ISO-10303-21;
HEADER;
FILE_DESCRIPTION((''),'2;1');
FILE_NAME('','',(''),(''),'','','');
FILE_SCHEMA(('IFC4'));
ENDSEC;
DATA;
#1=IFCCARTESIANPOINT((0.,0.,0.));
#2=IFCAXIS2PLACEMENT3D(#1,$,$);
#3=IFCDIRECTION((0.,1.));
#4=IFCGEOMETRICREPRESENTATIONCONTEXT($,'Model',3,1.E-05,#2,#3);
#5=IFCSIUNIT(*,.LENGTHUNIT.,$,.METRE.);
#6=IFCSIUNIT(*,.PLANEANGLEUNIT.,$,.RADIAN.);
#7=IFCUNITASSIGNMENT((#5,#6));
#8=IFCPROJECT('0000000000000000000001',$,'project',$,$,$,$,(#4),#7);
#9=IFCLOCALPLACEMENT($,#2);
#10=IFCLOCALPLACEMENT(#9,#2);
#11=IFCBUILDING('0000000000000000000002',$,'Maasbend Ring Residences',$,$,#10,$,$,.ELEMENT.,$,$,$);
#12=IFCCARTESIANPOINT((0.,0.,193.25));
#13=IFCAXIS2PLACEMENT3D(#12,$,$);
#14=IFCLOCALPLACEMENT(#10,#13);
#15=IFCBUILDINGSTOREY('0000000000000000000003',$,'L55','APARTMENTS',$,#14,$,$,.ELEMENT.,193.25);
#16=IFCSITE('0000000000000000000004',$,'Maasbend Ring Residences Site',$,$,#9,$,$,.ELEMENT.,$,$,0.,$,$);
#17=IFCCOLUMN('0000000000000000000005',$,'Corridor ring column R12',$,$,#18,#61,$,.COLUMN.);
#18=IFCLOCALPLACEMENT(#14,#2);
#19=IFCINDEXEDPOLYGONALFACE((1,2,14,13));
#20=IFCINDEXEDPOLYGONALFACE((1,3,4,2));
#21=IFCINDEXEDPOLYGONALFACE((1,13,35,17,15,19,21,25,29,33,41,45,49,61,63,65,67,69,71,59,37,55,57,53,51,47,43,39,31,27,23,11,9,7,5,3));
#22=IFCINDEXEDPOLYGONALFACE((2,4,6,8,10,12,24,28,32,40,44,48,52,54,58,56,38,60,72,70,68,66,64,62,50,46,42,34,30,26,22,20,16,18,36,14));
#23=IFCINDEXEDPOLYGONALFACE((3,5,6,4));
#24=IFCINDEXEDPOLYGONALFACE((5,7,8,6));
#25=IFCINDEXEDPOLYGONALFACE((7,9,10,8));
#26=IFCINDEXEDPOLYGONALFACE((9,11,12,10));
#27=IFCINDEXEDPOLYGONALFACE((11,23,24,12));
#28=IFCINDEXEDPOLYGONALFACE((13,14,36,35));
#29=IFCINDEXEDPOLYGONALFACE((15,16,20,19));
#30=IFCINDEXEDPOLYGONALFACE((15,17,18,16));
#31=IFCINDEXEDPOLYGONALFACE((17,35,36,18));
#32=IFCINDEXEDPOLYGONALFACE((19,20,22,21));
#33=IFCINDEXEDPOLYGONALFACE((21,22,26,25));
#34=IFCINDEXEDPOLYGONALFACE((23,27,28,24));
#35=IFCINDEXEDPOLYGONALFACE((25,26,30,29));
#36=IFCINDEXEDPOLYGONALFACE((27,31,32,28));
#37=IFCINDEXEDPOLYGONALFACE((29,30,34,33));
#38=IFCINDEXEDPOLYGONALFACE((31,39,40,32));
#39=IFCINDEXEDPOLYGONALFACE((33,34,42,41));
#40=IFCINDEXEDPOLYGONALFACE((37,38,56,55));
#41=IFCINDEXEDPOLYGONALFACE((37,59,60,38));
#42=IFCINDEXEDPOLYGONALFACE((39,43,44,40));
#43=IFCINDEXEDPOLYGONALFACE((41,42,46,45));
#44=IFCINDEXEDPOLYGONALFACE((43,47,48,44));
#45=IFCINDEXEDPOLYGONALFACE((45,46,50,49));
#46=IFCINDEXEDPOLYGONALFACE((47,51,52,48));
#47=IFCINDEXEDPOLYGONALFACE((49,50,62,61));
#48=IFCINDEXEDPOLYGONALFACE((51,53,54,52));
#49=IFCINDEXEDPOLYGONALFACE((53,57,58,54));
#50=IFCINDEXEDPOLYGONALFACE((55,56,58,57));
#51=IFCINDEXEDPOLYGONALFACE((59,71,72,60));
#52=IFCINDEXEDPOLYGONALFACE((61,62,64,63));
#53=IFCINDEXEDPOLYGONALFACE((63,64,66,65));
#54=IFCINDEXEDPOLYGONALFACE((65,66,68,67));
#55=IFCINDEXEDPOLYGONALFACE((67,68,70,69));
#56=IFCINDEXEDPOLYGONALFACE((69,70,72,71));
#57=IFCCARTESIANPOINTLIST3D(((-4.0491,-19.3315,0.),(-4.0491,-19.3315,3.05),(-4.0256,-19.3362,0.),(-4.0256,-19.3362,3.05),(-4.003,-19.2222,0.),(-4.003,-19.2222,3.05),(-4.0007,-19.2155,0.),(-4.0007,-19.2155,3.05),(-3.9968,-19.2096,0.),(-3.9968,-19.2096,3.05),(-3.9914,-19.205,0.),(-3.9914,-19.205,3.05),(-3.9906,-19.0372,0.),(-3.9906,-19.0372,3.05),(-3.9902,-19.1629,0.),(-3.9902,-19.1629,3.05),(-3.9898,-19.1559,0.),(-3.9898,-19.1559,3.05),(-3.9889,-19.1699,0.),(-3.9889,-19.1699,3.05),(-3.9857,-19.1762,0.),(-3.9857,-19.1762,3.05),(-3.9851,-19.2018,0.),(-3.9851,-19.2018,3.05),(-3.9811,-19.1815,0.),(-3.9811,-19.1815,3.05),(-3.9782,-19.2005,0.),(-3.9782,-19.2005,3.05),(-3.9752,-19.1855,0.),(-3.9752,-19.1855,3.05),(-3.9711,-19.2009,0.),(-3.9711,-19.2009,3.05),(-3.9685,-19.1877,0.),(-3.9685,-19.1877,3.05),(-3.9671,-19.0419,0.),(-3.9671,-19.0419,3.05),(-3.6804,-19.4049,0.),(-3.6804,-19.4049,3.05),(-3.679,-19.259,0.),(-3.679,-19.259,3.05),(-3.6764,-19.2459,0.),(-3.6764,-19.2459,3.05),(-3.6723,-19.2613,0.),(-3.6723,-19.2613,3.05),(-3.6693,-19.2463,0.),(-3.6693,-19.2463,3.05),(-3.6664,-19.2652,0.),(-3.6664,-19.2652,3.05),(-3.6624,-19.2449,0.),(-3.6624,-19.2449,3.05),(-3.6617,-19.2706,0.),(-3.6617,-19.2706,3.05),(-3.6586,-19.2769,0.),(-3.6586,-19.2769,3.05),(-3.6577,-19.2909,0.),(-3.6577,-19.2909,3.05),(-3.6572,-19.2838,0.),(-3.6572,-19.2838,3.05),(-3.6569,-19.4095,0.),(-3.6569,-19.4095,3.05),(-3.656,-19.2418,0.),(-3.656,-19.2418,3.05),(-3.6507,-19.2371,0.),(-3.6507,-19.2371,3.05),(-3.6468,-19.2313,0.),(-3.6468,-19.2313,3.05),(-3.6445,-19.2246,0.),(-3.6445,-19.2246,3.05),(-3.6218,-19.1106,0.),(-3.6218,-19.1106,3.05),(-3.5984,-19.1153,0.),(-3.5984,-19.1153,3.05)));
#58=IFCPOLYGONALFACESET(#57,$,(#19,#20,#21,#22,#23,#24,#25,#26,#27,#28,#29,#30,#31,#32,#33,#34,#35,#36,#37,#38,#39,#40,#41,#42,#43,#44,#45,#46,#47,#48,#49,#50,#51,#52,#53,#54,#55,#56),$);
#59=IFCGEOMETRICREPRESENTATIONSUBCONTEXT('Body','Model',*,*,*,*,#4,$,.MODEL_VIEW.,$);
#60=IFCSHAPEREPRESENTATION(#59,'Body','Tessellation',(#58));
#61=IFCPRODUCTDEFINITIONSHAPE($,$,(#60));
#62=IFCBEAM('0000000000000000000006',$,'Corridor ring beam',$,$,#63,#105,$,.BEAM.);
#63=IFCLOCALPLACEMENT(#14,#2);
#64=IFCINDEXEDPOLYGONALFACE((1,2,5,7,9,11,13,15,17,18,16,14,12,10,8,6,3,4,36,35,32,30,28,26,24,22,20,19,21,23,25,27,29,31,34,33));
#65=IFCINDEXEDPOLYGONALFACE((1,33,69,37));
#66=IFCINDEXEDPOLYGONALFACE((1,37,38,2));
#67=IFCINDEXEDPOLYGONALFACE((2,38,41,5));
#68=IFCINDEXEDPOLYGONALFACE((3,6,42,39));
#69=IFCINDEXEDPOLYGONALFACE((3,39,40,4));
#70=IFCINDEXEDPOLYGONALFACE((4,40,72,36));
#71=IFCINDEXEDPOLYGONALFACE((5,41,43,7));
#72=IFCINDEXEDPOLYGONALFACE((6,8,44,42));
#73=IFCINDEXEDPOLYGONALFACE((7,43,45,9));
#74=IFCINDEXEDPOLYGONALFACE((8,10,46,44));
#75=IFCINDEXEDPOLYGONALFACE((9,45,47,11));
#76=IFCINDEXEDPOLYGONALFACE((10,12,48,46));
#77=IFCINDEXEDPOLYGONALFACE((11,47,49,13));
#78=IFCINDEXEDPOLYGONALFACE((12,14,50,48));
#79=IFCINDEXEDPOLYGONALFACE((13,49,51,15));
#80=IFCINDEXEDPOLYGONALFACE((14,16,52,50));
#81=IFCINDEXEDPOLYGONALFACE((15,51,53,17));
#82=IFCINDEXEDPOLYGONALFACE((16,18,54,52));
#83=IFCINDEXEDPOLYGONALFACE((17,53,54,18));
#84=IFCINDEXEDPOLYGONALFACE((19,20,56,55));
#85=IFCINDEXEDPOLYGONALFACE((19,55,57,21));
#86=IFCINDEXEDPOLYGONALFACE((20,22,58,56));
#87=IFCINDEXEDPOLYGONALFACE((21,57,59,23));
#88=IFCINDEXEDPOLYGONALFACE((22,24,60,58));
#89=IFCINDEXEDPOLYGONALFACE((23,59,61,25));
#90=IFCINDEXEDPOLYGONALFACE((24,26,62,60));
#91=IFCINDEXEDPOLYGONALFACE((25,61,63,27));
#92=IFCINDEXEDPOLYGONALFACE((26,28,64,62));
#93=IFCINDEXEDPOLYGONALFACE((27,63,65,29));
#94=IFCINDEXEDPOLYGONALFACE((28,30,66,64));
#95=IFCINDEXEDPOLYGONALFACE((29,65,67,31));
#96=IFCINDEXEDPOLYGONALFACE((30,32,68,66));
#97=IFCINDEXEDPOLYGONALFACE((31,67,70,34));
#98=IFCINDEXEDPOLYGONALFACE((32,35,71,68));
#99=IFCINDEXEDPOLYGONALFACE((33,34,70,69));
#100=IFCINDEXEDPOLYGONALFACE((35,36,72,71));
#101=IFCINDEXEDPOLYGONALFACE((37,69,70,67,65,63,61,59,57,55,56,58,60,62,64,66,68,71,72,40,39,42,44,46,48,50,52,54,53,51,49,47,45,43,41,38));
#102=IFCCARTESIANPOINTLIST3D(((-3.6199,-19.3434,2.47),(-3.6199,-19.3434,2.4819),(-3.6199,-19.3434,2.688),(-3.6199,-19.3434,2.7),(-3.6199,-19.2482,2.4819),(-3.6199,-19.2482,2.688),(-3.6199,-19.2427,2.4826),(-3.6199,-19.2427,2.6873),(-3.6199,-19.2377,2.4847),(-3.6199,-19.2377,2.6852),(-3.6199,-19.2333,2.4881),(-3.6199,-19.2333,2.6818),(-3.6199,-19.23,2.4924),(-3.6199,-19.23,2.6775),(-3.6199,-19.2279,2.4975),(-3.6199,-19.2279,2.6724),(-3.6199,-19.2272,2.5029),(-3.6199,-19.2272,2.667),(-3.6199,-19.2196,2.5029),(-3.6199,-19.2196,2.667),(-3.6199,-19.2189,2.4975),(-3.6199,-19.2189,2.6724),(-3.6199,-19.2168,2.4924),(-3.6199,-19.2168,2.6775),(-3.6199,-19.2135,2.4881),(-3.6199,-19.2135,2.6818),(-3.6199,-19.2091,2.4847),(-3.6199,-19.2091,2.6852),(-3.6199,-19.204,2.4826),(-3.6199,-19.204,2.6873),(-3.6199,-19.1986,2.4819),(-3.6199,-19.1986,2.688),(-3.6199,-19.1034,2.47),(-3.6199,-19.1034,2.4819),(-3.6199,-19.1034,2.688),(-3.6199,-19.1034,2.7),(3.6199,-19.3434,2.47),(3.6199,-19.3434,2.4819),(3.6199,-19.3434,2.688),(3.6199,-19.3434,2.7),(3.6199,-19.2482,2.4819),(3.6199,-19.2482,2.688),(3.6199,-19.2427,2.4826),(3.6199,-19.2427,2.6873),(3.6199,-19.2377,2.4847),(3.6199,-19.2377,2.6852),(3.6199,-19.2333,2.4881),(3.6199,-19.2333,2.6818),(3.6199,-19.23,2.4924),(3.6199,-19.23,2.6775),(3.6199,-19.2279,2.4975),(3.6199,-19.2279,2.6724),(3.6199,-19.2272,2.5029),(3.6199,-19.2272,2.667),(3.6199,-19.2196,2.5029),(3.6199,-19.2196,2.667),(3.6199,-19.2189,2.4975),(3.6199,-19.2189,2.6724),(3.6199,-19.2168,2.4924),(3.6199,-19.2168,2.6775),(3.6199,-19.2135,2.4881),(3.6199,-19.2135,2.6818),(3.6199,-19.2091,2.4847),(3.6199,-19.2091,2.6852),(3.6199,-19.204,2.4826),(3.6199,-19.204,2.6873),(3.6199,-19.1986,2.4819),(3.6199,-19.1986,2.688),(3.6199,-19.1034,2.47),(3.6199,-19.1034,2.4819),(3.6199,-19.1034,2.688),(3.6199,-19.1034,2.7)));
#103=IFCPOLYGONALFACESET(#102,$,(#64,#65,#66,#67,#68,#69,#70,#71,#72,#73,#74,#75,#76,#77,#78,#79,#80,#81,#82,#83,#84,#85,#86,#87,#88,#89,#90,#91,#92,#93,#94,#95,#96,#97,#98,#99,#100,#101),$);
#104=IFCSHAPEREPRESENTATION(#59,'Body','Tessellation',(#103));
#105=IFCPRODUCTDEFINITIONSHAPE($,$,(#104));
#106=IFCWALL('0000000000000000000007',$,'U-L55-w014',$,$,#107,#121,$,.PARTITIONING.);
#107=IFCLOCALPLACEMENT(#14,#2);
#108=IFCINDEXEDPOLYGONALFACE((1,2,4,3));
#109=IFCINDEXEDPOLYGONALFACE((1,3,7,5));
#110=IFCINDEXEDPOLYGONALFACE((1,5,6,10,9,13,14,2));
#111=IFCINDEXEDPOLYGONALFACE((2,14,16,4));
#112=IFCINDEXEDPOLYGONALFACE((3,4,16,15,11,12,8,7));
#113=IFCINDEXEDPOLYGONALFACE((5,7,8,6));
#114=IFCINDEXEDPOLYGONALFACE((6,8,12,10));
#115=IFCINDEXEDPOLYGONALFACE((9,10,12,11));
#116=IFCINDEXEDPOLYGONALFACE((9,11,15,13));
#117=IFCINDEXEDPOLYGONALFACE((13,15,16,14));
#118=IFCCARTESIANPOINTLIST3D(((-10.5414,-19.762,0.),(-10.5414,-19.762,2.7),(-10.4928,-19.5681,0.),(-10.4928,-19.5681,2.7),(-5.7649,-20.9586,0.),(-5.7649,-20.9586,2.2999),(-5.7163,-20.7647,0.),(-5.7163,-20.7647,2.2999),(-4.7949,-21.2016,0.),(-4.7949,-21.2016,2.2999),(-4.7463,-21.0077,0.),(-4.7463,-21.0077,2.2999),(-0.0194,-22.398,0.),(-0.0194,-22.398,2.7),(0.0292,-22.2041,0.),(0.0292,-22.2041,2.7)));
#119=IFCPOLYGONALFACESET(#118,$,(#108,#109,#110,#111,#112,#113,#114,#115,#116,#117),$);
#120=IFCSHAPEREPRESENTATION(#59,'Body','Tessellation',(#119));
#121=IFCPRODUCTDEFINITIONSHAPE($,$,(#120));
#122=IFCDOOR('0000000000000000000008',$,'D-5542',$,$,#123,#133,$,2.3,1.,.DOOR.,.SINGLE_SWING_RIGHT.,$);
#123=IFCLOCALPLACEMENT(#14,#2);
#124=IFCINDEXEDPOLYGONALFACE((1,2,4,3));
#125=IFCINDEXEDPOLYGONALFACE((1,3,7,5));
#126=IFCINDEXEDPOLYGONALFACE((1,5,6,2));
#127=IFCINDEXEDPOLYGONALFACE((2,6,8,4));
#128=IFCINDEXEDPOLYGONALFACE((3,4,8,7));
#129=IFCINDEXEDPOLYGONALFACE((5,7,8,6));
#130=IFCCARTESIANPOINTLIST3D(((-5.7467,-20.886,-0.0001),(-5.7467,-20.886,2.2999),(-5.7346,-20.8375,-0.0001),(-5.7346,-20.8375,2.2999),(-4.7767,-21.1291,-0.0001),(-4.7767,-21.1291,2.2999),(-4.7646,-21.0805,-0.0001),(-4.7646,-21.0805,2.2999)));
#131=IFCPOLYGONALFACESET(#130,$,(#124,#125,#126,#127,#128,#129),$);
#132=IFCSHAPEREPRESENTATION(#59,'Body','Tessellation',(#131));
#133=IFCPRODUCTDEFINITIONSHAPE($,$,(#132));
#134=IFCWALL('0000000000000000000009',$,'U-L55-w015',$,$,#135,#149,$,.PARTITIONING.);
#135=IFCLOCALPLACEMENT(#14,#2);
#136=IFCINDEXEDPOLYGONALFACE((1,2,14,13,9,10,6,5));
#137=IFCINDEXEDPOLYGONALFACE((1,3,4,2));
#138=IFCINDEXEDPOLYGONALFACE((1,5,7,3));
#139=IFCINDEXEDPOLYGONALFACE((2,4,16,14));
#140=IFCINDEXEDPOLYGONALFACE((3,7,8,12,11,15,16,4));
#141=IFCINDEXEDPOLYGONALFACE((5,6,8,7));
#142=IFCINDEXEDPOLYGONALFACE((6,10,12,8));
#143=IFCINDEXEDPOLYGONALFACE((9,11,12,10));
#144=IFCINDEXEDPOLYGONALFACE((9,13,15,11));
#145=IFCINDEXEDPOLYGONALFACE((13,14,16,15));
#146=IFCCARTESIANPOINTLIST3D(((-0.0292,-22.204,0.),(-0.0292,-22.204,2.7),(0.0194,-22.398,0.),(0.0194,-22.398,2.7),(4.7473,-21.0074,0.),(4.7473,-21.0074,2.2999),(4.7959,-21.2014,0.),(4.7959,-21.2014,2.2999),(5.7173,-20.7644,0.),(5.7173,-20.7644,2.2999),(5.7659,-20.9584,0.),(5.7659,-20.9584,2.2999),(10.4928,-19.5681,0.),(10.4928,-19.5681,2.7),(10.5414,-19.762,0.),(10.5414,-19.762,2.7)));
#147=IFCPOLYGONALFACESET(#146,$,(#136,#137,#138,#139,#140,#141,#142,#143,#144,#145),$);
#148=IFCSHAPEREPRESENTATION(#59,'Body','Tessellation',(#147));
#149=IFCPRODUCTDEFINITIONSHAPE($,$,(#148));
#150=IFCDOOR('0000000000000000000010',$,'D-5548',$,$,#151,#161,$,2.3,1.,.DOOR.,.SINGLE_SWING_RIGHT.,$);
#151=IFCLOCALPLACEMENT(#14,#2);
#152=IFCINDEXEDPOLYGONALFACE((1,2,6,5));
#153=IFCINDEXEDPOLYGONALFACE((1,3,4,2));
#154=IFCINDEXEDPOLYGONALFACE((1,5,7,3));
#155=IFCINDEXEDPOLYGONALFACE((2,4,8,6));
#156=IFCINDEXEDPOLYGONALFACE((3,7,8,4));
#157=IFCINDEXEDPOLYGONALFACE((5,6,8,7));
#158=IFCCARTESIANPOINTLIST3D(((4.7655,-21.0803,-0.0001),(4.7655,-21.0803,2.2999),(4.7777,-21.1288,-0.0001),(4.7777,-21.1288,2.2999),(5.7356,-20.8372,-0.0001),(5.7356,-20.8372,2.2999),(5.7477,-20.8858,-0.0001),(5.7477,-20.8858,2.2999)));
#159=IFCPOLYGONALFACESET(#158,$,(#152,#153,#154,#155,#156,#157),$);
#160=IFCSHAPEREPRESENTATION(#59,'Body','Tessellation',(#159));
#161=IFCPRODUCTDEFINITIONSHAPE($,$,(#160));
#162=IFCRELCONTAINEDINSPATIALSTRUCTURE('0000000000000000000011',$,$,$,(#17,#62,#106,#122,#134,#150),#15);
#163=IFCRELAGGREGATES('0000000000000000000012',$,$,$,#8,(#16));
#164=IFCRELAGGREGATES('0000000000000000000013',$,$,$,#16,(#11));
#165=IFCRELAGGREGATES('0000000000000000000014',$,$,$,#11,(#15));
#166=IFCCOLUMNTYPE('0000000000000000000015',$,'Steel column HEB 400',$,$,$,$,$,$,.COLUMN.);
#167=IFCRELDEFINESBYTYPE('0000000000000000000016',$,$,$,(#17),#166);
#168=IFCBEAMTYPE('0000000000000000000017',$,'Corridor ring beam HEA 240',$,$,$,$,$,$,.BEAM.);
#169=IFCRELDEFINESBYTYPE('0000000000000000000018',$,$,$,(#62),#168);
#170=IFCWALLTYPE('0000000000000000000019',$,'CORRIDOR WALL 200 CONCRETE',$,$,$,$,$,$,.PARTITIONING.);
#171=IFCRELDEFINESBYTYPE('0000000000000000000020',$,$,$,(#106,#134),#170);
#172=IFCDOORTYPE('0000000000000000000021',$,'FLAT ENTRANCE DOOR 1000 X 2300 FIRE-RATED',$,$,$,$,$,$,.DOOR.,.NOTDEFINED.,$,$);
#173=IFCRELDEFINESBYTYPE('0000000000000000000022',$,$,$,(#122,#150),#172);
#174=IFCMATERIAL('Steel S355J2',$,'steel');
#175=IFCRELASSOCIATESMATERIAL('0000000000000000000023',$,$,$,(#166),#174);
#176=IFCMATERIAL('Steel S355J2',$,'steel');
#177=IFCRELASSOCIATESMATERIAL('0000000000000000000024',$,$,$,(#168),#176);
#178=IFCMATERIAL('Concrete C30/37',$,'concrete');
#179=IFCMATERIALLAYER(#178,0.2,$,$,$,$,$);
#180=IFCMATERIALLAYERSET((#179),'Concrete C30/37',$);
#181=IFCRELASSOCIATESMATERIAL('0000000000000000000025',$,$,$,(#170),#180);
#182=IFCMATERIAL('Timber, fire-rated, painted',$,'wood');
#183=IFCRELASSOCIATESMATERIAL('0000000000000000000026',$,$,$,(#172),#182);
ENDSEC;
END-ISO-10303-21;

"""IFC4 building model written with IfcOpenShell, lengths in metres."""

from ifc_helpers import new_model, si_unit, direction, frame, frame_2d, origin, origin_2d, place, context, subcontext, project, spatial, rectangle, i_section, extrude, material, layer, layer_set, material_profile, profile_set, type_object, element, fill, save


model = new_model("IFC4")

# Units and contexts
model_context = context("Model", 3, precision=1e-05, world=origin(), true_north=direction((0.0, 1.0)))
body_context = subcontext(model_context, "Body", "Model", "MODEL_VIEW")
ifc_project = project(units=[si_unit("LENGTHUNIT", "METRE"), si_unit("PLANEANGLEUNIT", "RADIAN")], contexts=[model_context])

# Site, building, storey
site_placement = place(None, origin())
site = spatial("IfcSite", under=ifc_project, at=site_placement, Name="Maasbend Ring Residences Site", CompositionType="ELEMENT", RefElevation=0.0)
building_placement = place(site_placement, origin())
building = spatial("IfcBuilding", under=site, at=building_placement, Name="Maasbend Ring Residences", CompositionType="ELEMENT")
storey_placement = place(building_placement, frame((0.0, 0.0, 193.25)))
storey = spatial("IfcBuildingStorey", under=building, at=storey_placement, Name="L55", Description="APARTMENTS", CompositionType="ELEMENT", Elevation=193.25)

# Column
ifc_material_1 = material(Name="Steel S355J2", Category="steel")
ifc_material_profile_1 = material_profile(ifc_material_1, i_section(OverallWidth=0.3, OverallDepth=0.3999, WebThickness=0.0134, FlangeThickness=0.0239, FilletRadius=0.0271, at=origin_2d()), Name="HEB 400")
ifc_profile_set_1 = profile_set([ifc_material_profile_1], Name="Steel S355J2")
column_type = type_object("IfcColumnType", Name="Steel column HEB 400", PredefinedType="COLUMN", material=ifc_profile_set_1)
column_placement = place(storey_placement, frame((-3.8237, -19.2234, 0.0), z_axis=(0.0, 0.0, 1.0), x_axis=(-0.19509, -0.980785, 0.0)))
element("IfcColumn", 1, at=column_placement, inside=storey, type_object=column_type, Name="Corridor ring column R12", PredefinedType="COLUMN", context=body_context, shape_type="SweptSolid", body=[
    extrude(i_section(OverallWidth=0.3, OverallDepth=0.3999, WebThickness=0.0134, FlangeThickness=0.0239, FilletRadius=0.0271, at=origin_2d()), origin(), (0.0, 0.0, 1.0), 3.05),
])

# Beam
ifc_material_2 = material(Name="Steel S355J2", Category="steel")
ifc_material_profile_2 = material_profile(ifc_material_2, i_section(OverallWidth=0.24, OverallDepth=0.23, WebThickness=0.0076, FlangeThickness=0.012, FilletRadius=0.021, at=origin_2d()), Name="HEA 240")
ifc_profile_set_2 = profile_set([ifc_material_profile_2], Name="Steel S355J2")
beam_type = type_object("IfcBeamType", Name="Corridor ring beam HEA 240", PredefinedType="BEAM", material=ifc_profile_set_2)
beam_placement = place(storey_placement, frame((-3.6199, -19.2234, 2.585), z_axis=(1.0, 0.0, 0.0), x_axis=(0.0, 1.0, 0.0)))
element("IfcBeam", 2, at=beam_placement, inside=storey, type_object=beam_type, Name="Corridor ring beam", PredefinedType="BEAM", context=body_context, shape_type="SweptSolid", body=[
    extrude(i_section(OverallWidth=0.24, OverallDepth=0.23, WebThickness=0.0076, FlangeThickness=0.012, FilletRadius=0.021, at=origin_2d()), origin(), (0.0, 0.0, 1.0), 7.2397),
])

# Walls, openings, doors
ifc_material_3 = material(Name="Concrete C30/37", Category="concrete")
ifc_layer_1 = layer(ifc_material_3, 0.2)
ifc_layer_set_1 = layer_set([ifc_layer_1], Name="Concrete C30/37")
wall_type_1 = type_object("IfcWallType", Name="CORRIDOR WALL 200 CONCRETE", PredefinedType="PARTITIONING", material=ifc_layer_set_1)
wall_1_placement = place(storey_placement, frame((-10.5171, -19.665, 0.0), z_axis=(0.0, 0.0, 1.0), x_axis=(0.970023, -0.243012, 0.0)))
wall_1 = element("IfcWall", 3, at=wall_1_placement, inside=storey, type_object=wall_type_1, Name="U-L55-w014", PredefinedType="PARTITIONING", context=body_context, shape_type="SweptSolid", body=[
    extrude(rectangle(XDim=10.8472, YDim=0.2, at=frame_2d((5.4236, 0.0))), origin(), (0.0, 0.0, 1.0), 2.7),
])
opening_1_placement = place(wall_1_placement, frame((4.9241, 0.0, 0.0)))
opening_1 = element("IfcOpeningElement", 4, at=opening_1_placement, cuts=wall_1, PredefinedType="OPENING", context=body_context, shape_type="SweptSolid", body=[
    extrude(rectangle(XDim=1.0, YDim=2.3, at=frame_2d((0.5, 1.1499))), frame((0.0, 0.1099, 0.0), z_axis=(0.0, -1.0, 0.0), x_axis=(1.0, 0.0, 0.0)), (0.0, 0.0, 1.0), 0.22),
])
ifc_material_4 = material(Name="Timber, fire-rated, painted", Category="wood")
door_type_1 = type_object("IfcDoorType", Name="FLAT ENTRANCE DOOR 1000 X 2300 FIRE-RATED", OperationType="NOTDEFINED", PredefinedType="DOOR", material=ifc_material_4)
door_1_placement = place(opening_1_placement, origin())
door_1 = element("IfcDoor", 5, at=door_1_placement, inside=storey, type_object=door_type_1, Name="D-5542", OperationType="SINGLE_SWING_RIGHT", OverallHeight=2.3, OverallWidth=1.0, PredefinedType="DOOR", context=body_context, shape_type="SweptSolid", body=[
    extrude(rectangle(XDim=1.0, YDim=2.3, at=frame_2d((0.5, 1.1499))), frame((0.0, 0.0249, 0.0), z_axis=(0.0, -1.0, 0.0), x_axis=(1.0, 0.0, 0.0)), (0.0, 0.0, 1.0), 0.05),
])
fill(opening_1, door_1)
wall_2_placement = place(storey_placement, frame((-0.0049, -22.301, 0.0), z_axis=(0.0, 0.0, 1.0), x_axis=(0.970023, 0.243012, 0.0)))
wall_2 = element("IfcWall", 6, at=wall_2_placement, inside=storey, type_object=wall_type_1, Name="U-L55-w015", PredefinedType="PARTITIONING", context=body_context, shape_type="SweptSolid", body=[
    extrude(rectangle(XDim=10.8472, YDim=0.2, at=frame_2d((5.4236, 0.0))), origin(), (0.0, 0.0, 1.0), 2.7),
])
opening_2_placement = place(wall_2_placement, frame((4.9241, 0.0, 0.0)))
opening_2 = element("IfcOpeningElement", 7, at=opening_2_placement, cuts=wall_2, PredefinedType="OPENING", context=body_context, shape_type="SweptSolid", body=[
    extrude(rectangle(XDim=1.0, YDim=2.3, at=frame_2d((0.5, 1.1499))), frame((0.0, 0.1099, 0.0), z_axis=(0.0, -1.0, 0.0), x_axis=(1.0, 0.0, 0.0)), (0.0, 0.0, 1.0), 0.22),
])
door_2_placement = place(opening_2_placement, origin())
door_2 = element("IfcDoor", 8, at=door_2_placement, inside=storey, type_object=door_type_1, Name="D-5548", OperationType="SINGLE_SWING_RIGHT", OverallHeight=2.3, OverallWidth=1.0, PredefinedType="DOOR", context=body_context, shape_type="SweptSolid", body=[
    extrude(rectangle(XDim=1.0, YDim=2.3, at=frame_2d((0.5, 1.1499))), frame((0.0, 0.0249, 0.0), z_axis=(0.0, -1.0, 0.0), x_axis=(1.0, 0.0, 0.0)), (0.0, 0.0, 1.0), 0.05),
])
fill(opening_2, door_2)

save(model, "model.ifc")
